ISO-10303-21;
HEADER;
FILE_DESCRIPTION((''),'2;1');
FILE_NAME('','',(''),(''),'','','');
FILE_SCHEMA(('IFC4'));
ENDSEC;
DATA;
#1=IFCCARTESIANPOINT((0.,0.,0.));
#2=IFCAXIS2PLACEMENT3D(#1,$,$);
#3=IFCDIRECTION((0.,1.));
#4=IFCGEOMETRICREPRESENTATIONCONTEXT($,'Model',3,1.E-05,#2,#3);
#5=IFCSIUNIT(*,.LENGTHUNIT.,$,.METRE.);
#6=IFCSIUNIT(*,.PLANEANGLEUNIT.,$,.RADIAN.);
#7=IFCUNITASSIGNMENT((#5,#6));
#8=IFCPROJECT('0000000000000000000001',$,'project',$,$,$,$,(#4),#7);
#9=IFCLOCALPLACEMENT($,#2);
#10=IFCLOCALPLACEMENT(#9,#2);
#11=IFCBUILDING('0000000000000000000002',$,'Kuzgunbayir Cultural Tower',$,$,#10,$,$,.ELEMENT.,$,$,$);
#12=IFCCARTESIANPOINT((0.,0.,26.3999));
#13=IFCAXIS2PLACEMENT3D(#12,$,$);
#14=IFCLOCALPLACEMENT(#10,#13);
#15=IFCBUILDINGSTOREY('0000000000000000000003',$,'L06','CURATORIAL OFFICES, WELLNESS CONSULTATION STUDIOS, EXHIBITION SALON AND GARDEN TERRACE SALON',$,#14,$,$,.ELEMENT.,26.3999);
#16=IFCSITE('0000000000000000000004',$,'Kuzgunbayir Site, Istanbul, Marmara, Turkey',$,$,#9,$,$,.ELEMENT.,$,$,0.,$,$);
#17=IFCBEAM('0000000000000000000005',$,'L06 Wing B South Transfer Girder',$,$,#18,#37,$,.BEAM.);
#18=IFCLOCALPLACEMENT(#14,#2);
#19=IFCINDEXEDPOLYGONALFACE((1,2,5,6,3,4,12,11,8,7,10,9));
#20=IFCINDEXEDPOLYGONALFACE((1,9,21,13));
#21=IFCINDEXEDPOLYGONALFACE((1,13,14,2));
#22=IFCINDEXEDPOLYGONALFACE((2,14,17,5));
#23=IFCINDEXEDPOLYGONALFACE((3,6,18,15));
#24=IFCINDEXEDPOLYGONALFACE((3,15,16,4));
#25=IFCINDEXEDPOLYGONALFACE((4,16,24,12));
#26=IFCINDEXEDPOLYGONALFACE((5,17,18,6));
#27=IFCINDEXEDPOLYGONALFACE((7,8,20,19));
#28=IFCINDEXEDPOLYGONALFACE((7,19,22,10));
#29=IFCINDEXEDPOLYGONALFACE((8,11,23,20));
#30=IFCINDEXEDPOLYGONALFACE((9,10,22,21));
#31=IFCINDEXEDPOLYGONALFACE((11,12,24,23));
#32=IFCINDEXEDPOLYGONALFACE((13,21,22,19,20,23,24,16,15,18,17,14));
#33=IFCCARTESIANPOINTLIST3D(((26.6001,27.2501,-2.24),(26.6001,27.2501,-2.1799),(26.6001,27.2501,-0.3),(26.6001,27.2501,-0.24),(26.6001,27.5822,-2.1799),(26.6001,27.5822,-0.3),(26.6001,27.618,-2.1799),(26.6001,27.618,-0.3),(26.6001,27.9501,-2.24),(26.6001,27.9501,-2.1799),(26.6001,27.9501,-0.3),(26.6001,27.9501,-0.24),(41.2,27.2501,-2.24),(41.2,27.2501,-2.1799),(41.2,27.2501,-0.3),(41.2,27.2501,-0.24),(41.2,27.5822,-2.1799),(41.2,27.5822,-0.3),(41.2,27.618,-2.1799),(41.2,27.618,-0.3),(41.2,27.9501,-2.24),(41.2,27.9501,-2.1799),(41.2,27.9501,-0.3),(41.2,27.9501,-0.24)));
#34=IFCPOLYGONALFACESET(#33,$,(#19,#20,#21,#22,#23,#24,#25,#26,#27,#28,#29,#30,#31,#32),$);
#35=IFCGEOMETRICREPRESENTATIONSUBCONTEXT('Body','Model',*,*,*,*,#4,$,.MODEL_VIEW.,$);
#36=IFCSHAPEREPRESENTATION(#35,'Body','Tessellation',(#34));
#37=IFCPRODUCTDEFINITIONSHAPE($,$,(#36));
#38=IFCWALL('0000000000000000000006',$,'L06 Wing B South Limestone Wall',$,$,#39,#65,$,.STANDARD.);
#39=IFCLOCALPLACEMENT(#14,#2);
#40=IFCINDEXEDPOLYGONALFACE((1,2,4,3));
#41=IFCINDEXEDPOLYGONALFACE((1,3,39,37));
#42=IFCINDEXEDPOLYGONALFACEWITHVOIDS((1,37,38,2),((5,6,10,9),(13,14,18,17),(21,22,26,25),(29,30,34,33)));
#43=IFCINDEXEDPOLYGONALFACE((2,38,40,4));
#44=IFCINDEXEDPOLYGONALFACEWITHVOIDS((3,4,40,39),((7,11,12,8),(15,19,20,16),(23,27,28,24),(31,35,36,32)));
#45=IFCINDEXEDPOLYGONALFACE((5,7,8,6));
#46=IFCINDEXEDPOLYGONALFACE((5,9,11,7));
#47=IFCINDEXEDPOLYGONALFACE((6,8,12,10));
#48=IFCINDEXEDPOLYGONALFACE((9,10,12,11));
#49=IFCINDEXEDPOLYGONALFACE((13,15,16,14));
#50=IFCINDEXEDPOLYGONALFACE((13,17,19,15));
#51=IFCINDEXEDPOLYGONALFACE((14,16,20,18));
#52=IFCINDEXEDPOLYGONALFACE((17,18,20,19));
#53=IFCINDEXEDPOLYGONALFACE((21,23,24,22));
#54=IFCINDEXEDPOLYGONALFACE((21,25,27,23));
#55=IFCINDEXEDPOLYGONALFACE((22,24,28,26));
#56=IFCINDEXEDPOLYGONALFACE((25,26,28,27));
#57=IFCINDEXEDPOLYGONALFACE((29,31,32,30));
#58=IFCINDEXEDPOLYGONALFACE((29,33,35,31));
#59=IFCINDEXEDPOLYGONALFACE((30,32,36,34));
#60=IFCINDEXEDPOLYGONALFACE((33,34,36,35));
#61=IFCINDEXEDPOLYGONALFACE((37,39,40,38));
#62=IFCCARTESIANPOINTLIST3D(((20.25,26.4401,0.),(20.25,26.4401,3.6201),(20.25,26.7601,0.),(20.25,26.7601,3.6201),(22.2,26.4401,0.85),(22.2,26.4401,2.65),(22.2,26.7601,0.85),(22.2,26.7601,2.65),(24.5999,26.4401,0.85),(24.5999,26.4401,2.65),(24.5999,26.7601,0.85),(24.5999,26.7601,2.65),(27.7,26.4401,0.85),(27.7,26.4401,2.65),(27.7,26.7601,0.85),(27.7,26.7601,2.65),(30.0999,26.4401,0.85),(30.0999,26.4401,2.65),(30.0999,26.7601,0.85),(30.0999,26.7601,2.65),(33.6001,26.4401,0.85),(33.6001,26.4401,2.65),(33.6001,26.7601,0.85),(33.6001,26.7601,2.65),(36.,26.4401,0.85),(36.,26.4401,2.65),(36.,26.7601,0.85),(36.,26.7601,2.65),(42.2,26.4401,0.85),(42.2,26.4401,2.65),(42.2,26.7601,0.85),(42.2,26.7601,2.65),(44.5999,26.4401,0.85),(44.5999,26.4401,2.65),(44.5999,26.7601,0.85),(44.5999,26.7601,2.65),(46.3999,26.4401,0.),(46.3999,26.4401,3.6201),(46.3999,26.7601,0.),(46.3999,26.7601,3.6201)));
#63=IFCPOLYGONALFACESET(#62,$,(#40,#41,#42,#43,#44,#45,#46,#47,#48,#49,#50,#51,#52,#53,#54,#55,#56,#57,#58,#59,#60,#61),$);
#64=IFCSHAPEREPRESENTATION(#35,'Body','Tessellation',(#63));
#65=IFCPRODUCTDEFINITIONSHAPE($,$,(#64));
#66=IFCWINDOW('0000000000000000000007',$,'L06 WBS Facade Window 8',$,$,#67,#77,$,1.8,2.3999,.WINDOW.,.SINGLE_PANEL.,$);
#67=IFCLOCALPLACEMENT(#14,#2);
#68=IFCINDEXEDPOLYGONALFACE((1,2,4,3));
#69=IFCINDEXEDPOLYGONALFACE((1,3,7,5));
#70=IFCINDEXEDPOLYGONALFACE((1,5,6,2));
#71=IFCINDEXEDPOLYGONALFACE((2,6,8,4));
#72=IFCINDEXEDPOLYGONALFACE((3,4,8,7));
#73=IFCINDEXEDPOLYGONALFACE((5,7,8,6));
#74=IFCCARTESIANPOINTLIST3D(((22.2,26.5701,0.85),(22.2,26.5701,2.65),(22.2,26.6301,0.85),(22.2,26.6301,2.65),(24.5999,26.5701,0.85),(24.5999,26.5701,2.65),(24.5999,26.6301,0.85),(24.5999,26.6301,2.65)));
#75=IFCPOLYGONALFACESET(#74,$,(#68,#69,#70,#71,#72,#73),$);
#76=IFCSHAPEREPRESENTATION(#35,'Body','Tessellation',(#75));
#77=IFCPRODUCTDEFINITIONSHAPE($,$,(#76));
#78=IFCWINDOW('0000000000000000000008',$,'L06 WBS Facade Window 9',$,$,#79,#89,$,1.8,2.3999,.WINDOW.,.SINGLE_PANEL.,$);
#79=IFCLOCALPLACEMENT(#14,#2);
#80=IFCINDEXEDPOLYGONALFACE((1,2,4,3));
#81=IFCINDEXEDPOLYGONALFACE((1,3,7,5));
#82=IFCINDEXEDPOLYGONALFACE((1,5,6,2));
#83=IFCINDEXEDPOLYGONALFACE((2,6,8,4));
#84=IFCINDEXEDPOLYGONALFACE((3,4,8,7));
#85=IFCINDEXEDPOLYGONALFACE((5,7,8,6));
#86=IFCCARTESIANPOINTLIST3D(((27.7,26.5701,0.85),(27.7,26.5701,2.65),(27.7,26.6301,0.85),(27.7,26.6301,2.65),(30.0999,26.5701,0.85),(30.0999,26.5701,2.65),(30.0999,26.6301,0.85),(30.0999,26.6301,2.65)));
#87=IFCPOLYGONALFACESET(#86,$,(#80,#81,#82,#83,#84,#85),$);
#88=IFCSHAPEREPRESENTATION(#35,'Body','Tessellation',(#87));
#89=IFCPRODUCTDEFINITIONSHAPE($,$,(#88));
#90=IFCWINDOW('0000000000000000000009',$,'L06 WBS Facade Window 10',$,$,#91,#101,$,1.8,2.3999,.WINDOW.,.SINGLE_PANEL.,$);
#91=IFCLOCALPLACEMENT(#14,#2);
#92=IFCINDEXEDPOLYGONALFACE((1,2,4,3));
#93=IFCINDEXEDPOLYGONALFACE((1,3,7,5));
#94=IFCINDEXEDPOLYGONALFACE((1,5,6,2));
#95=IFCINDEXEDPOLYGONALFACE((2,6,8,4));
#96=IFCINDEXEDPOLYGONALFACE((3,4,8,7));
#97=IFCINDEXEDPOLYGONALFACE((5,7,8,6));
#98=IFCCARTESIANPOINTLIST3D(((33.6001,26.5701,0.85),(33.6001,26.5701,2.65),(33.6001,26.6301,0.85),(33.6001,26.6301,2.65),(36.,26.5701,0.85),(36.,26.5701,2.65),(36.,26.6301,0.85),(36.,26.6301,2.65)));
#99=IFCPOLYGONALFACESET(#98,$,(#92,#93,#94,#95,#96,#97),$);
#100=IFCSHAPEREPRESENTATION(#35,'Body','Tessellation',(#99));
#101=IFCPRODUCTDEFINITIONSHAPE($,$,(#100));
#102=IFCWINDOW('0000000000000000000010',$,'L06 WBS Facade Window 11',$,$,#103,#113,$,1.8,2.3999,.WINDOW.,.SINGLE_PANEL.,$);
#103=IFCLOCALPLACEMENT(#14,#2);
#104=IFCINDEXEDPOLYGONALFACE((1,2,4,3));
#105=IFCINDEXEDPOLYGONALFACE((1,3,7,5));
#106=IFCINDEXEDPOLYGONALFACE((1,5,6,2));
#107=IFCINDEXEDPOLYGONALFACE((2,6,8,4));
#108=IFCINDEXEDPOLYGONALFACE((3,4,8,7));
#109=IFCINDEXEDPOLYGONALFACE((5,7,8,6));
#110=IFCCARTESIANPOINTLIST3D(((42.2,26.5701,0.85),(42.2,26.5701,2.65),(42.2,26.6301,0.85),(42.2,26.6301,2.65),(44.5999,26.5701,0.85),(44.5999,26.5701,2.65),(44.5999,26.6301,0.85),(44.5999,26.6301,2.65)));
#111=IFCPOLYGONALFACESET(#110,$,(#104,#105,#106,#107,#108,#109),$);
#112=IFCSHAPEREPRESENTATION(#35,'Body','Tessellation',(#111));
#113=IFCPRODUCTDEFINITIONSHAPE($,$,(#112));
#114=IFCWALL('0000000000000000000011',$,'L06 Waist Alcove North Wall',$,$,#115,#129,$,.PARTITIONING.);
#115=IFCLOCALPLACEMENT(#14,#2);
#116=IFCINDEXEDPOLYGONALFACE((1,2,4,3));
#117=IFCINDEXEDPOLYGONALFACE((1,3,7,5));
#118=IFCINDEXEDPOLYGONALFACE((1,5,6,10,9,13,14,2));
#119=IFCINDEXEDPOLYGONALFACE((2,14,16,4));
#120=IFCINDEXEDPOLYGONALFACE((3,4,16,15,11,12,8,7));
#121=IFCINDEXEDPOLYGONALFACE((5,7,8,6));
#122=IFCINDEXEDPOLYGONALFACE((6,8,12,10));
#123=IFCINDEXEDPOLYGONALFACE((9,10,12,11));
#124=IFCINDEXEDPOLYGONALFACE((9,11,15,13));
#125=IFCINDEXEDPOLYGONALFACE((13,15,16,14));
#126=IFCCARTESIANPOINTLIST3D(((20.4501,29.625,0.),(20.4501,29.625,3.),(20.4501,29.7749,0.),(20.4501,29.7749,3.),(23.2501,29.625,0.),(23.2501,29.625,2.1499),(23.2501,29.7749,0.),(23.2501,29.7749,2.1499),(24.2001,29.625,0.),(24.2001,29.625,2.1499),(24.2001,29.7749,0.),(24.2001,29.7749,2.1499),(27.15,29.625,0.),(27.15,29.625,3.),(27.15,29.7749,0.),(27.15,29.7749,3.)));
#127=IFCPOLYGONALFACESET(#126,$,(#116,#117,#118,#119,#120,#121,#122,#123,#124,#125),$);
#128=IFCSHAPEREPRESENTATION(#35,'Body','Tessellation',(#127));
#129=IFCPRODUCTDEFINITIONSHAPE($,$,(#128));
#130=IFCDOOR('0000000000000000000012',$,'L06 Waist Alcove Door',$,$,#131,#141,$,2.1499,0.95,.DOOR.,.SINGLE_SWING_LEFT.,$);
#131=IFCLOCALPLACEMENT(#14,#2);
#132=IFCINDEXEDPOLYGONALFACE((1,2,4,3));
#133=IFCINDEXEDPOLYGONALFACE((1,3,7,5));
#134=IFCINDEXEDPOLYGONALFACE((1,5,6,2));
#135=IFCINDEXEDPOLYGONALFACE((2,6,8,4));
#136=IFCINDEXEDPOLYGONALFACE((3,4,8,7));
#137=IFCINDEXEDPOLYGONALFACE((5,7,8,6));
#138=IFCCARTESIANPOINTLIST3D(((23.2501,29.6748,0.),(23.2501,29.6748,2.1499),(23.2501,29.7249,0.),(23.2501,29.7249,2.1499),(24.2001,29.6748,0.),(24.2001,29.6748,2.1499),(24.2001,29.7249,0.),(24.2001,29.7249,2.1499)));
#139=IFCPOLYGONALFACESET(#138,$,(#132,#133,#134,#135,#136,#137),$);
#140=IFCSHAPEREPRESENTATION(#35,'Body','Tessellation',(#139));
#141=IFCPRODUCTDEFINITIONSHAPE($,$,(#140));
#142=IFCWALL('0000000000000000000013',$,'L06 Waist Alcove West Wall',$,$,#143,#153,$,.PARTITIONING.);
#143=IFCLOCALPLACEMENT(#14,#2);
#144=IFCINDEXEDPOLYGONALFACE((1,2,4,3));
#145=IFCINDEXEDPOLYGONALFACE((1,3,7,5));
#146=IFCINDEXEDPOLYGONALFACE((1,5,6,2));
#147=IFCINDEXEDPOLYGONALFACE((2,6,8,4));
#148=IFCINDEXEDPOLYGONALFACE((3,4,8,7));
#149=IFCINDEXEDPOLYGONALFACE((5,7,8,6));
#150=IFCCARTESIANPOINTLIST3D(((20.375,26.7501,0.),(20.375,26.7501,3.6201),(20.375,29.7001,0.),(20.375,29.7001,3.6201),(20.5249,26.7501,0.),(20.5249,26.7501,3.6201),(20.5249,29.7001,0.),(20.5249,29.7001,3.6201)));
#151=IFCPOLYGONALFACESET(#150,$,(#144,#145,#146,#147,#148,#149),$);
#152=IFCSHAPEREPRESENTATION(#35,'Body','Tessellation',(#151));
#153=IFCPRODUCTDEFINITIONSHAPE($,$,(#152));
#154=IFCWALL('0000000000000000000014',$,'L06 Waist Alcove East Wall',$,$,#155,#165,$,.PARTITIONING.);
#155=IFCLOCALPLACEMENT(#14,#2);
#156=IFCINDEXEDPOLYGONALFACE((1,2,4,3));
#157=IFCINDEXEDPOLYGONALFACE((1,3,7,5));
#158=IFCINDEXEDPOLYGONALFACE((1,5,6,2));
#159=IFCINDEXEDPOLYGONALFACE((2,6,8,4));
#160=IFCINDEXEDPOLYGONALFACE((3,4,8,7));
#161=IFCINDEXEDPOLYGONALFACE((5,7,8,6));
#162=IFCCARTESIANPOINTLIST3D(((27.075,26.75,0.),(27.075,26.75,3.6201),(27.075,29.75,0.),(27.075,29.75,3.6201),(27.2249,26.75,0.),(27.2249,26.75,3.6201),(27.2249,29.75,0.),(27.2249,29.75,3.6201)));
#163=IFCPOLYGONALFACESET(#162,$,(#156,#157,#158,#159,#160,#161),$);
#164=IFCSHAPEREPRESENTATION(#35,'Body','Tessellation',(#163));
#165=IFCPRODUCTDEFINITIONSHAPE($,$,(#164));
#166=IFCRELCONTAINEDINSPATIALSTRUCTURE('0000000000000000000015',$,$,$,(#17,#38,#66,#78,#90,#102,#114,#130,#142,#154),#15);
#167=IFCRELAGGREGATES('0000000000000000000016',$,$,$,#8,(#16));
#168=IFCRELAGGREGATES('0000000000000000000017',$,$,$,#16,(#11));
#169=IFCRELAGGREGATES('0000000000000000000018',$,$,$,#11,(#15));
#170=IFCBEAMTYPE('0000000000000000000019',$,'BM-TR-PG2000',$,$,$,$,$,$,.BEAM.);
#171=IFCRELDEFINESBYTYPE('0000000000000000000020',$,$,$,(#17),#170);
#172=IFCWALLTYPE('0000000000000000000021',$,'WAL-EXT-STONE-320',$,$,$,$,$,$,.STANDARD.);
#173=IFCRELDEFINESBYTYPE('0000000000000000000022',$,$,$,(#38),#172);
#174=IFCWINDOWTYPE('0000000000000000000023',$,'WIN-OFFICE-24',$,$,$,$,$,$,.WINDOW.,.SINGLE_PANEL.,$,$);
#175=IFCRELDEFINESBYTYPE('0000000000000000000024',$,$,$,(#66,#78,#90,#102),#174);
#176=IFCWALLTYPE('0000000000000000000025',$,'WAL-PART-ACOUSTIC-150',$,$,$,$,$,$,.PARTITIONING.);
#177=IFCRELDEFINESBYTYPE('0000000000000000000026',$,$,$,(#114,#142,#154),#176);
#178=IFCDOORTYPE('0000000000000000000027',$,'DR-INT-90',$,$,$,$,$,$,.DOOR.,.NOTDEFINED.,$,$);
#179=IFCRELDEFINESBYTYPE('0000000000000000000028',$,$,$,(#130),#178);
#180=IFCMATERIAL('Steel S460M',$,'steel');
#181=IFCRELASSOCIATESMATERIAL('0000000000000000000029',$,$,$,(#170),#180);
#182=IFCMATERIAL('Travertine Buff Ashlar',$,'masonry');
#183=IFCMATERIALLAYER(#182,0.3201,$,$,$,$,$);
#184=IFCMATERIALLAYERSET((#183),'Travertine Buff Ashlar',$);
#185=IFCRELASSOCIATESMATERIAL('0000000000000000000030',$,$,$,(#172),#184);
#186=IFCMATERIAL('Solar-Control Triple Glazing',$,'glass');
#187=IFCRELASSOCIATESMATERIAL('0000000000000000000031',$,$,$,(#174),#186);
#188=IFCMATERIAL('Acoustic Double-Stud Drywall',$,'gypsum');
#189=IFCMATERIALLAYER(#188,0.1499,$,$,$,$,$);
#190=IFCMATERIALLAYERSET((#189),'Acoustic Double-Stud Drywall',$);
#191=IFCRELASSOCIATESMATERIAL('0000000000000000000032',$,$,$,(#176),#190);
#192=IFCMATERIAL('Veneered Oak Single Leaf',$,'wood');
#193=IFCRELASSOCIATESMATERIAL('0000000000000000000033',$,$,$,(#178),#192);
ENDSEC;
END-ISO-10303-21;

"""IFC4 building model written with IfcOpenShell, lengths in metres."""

from ifc_helpers import new_model, si_unit, direction, frame, frame_2d, origin, origin_2d, place, context, subcontext, project, spatial, rectangle, i_section, extrude, material, layer, layer_set, material_profile, profile_set, type_object, element, fill, save


model = new_model("IFC4")

# Units and contexts
model_context = context("Model", 3, precision=1e-05, world=origin(), true_north=direction((0.0, 1.0)))
body_context = subcontext(model_context, "Body", "Model", "MODEL_VIEW")
ifc_project = project(units=[si_unit("LENGTHUNIT", "METRE"), si_unit("PLANEANGLEUNIT", "RADIAN")], contexts=[model_context])

# Site, building, storey
site_placement = place(None, origin())
site = spatial("IfcSite", under=ifc_project, at=site_placement, Name="Kuzgunbayir Site, Istanbul, Marmara, Turkey", CompositionType="ELEMENT", RefElevation=0.0)
building_placement = place(site_placement, origin())
building = spatial("IfcBuilding", under=site, at=building_placement, Name="Kuzgunbayir Cultural Tower", CompositionType="ELEMENT")
storey_placement = place(building_placement, frame((0.0, 0.0, 26.3999)))
storey = spatial("IfcBuildingStorey", under=building, at=storey_placement, Name="L06", Description="CURATORIAL OFFICES, WELLNESS CONSULTATION STUDIOS, EXHIBITION SALON AND GARDEN TERRACE SALON", CompositionType="ELEMENT", Elevation=26.3999)

# Beam
ifc_material_1 = material(Name="Steel S460M", Category="steel")
ifc_material_profile_1 = material_profile(ifc_material_1, i_section(OverallWidth=0.7, OverallDepth=2.0, WebThickness=0.0359, FlangeThickness=0.0601, at=origin_2d()), Name="PG 2000x700x36x60")
ifc_profile_set_1 = profile_set([ifc_material_profile_1], Name="Steel S460M")
beam_type_1 = type_object("IfcBeamType", Name="BM-TR-PG2000", PredefinedType="BEAM", material=ifc_profile_set_1)
beam_1_placement = place(storey_placement, frame((26.6001, 27.6001, -1.24), z_axis=(1.0, 0.0, 0.0), x_axis=(0.0, 1.0, 0.0)))
element("IfcBeam", 1, at=beam_1_placement, inside=storey, type_object=beam_type_1, Name="L06 Wing B South Transfer Girder", PredefinedType="BEAM", context=body_context, shape_type="SweptSolid", body=[
    extrude(i_section(OverallWidth=0.7, OverallDepth=2.0, WebThickness=0.0359, FlangeThickness=0.0601, at=origin_2d()), origin(), (0.0, 0.0, 1.0), 14.5999),
])

# Wall, openings, windows
ifc_material_2 = material(Name="Travertine Buff Ashlar", Category="masonry")
ifc_layer_1 = layer(ifc_material_2, 0.3201)
ifc_layer_set_1 = layer_set([ifc_layer_1], Name="Travertine Buff Ashlar")
wall_type_1 = type_object("IfcWallType", Name="WAL-EXT-STONE-320", PredefinedType="STANDARD", material=ifc_layer_set_1)
wall_1_placement = place(storey_placement, frame((20.25, 26.6001, 0.0), z_axis=(0.0, 0.0, 1.0), x_axis=(1.0, 0.0, 0.0)))
wall_1 = element("IfcWall", 2, at=wall_1_placement, inside=storey, type_object=wall_type_1, Name="L06 Wing B South Limestone Wall", PredefinedType="STANDARD", context=body_context, shape_type="SweptSolid", body=[
    extrude(rectangle(XDim=26.1499, YDim=0.3201, at=frame_2d((13.075, 0.0))), origin(), (0.0, 0.0, 1.0), 3.6201),
])
opening_1_placement = place(wall_1_placement, frame((1.95, 0.0, 0.8501)))
opening_1 = element("IfcOpeningElement", 3, at=opening_1_placement, cuts=wall_1, PredefinedType="OPENING", context=body_context, shape_type="SweptSolid", body=[
    extrude(rectangle(XDim=2.3999, YDim=1.8, at=frame_2d((1.2, 0.8999))), frame((0.0, 0.1699, 0.0), z_axis=(0.0, -1.0, 0.0), x_axis=(1.0, 0.0, 0.0)), (0.0, 0.0, 1.0), 0.3401),
])
opening_2_placement = place(wall_1_placement, frame((7.45, 0.0, 0.8501)))
opening_2 = element("IfcOpeningElement", 4, at=opening_2_placement, cuts=wall_1, PredefinedType="OPENING", context=body_context, shape_type="SweptSolid", body=[
    extrude(rectangle(XDim=2.3999, YDim=1.8, at=frame_2d((1.2, 0.8999))), frame((0.0, 0.1699, 0.0), z_axis=(0.0, -1.0, 0.0), x_axis=(1.0, 0.0, 0.0)), (0.0, 0.0, 1.0), 0.3401),
])
opening_3_placement = place(wall_1_placement, frame((13.3501, 0.0, 0.8501)))
opening_3 = element("IfcOpeningElement", 5, at=opening_3_placement, cuts=wall_1, PredefinedType="OPENING", context=body_context, shape_type="SweptSolid", body=[
    extrude(rectangle(XDim=2.3999, YDim=1.8, at=frame_2d((1.2, 0.8999))), frame((0.0, 0.1699, 0.0), z_axis=(0.0, -1.0, 0.0), x_axis=(1.0, 0.0, 0.0)), (0.0, 0.0, 1.0), 0.3401),
])
opening_4_placement = place(wall_1_placement, frame((21.95, 0.0, 0.8501)))
opening_4 = element("IfcOpeningElement", 6, at=opening_4_placement, cuts=wall_1, PredefinedType="OPENING", context=body_context, shape_type="SweptSolid", body=[
    extrude(rectangle(XDim=2.3999, YDim=1.8, at=frame_2d((1.2, 0.8999))), frame((0.0, 0.1699, 0.0), z_axis=(0.0, -1.0, 0.0), x_axis=(1.0, 0.0, 0.0)), (0.0, 0.0, 1.0), 0.3401),
])
ifc_material_3 = material(Name="Solar-Control Triple Glazing", Category="glass")
window_type = type_object("IfcWindowType", Name="WIN-OFFICE-24", PartitioningType="SINGLE_PANEL", PredefinedType="WINDOW", material=ifc_material_3)
window_1_placement = place(opening_1_placement, origin())
window_1 = element("IfcWindow", 7, at=window_1_placement, inside=storey, type_object=window_type, Name="L06 WBS Facade Window 8", OverallHeight=1.8, OverallWidth=2.3999, PartitioningType="SINGLE_PANEL", PredefinedType="WINDOW", context=body_context, shape_type="SweptSolid", body=[
    extrude(rectangle(XDim=2.3999, YDim=1.8, at=frame_2d((1.2, 0.8999))), frame((0.0, 0.03, 0.0), z_axis=(0.0, -1.0, 0.0), x_axis=(1.0, 0.0, 0.0)), (0.0, 0.0, 1.0), 0.0601),
])
fill(opening_1, window_1)
window_2_placement = place(opening_2_placement, origin())
window_2 = element("IfcWindow", 8, at=window_2_placement, inside=storey, type_object=window_type, Name="L06 WBS Facade Window 9", OverallHeight=1.8, OverallWidth=2.3999, PartitioningType="SINGLE_PANEL", PredefinedType="WINDOW", context=body_context, shape_type="SweptSolid", body=[
    extrude(rectangle(XDim=2.3999, YDim=1.8, at=frame_2d((1.2, 0.8999))), frame((0.0, 0.03, 0.0), z_axis=(0.0, -1.0, 0.0), x_axis=(1.0, 0.0, 0.0)), (0.0, 0.0, 1.0), 0.0601),
])
fill(opening_2, window_2)
window_3_placement = place(opening_3_placement, origin())
window_3 = element("IfcWindow", 9, at=window_3_placement, inside=storey, type_object=window_type, Name="L06 WBS Facade Window 10", OverallHeight=1.8, OverallWidth=2.3999, PartitioningType="SINGLE_PANEL", PredefinedType="WINDOW", context=body_context, shape_type="SweptSolid", body=[
    extrude(rectangle(XDim=2.3999, YDim=1.8, at=frame_2d((1.2, 0.8999))), frame((0.0, 0.03, 0.0), z_axis=(0.0, -1.0, 0.0), x_axis=(1.0, 0.0, 0.0)), (0.0, 0.0, 1.0), 0.0601),
])
fill(opening_3, window_3)
window_4_placement = place(opening_4_placement, origin())
window_4 = element("IfcWindow", 10, at=window_4_placement, inside=storey, type_object=window_type, Name="L06 WBS Facade Window 11", OverallHeight=1.8, OverallWidth=2.3999, PartitioningType="SINGLE_PANEL", PredefinedType="WINDOW", context=body_context, shape_type="SweptSolid", body=[
    extrude(rectangle(XDim=2.3999, YDim=1.8, at=frame_2d((1.2, 0.8999))), frame((0.0, 0.03, 0.0), z_axis=(0.0, -1.0, 0.0), x_axis=(1.0, 0.0, 0.0)), (0.0, 0.0, 1.0), 0.0601),
])
fill(opening_4, window_4)

# Wall, opening, door
ifc_material_4 = material(Name="Acoustic Double-Stud Drywall", Category="gypsum")
ifc_layer_2 = layer(ifc_material_4, 0.1499)
ifc_layer_set_2 = layer_set([ifc_layer_2], Name="Acoustic Double-Stud Drywall")
wall_type_2 = type_object("IfcWallType", Name="WAL-PART-ACOUSTIC-150", PredefinedType="PARTITIONING", material=ifc_layer_set_2)
wall_2_placement = place(storey_placement, frame((20.45, 29.7, 0.0), z_axis=(0.0, 0.0, 1.0), x_axis=(1.0, 0.0, 0.0)))
wall_2 = element("IfcWall", 11, at=wall_2_placement, inside=storey, type_object=wall_type_2, Name="L06 Waist Alcove North Wall", PredefinedType="PARTITIONING", context=body_context, shape_type="SweptSolid", body=[
    extrude(rectangle(XDim=6.7, YDim=0.1499, at=frame_2d((3.3501, 0.0))), origin(), (0.0, 0.0, 1.0), 3.0),
])
opening_5_placement = place(wall_2_placement, frame((2.8, 0.0, 0.0)))
opening_5 = element("IfcOpeningElement", 12, at=opening_5_placement, cuts=wall_2, PredefinedType="OPENING", context=body_context, shape_type="SweptSolid", body=[
    extrude(rectangle(XDim=0.95, YDim=2.1499, at=frame_2d((0.4751, 1.075))), frame((0.0, 0.085, 0.0), z_axis=(0.0, -1.0, 0.0), x_axis=(1.0, 0.0, 0.0)), (0.0, 0.0, 1.0), 0.1699),
])
ifc_material_5 = material(Name="Veneered Oak Single Leaf", Category="wood")
door_type = type_object("IfcDoorType", Name="DR-INT-90", OperationType="NOTDEFINED", PredefinedType="DOOR", material=ifc_material_5)
door_1_placement = place(opening_5_placement, origin())
door_1 = element("IfcDoor", 13, at=door_1_placement, inside=storey, type_object=door_type, Name="L06 Waist Alcove Door", OperationType="SINGLE_SWING_LEFT", OverallHeight=2.1499, OverallWidth=0.95, PredefinedType="DOOR", context=body_context, shape_type="SweptSolid", body=[
    extrude(rectangle(XDim=0.95, YDim=2.1499, at=frame_2d((0.4751, 1.075))), frame((0.0, 0.0249, 0.0), z_axis=(0.0, -1.0, 0.0), x_axis=(1.0, 0.0, 0.0)), (0.0, 0.0, 1.0), 0.05),
])
fill(opening_5, door_1)

# Walls
wall_3_placement = place(storey_placement, frame((20.45, 26.75, 0.0), z_axis=(0.0, 0.0, 1.0), x_axis=(0.0, 1.0, 0.0)))
element("IfcWall", 14, at=wall_3_placement, inside=storey, type_object=wall_type_2, Name="L06 Waist Alcove West Wall", PredefinedType="PARTITIONING", context=body_context, shape_type="SweptSolid", body=[
    extrude(rectangle(XDim=2.95, YDim=0.1499, at=frame_2d((1.4751, 0.0))), origin(), (0.0, 0.0, 1.0), 3.6201),
])
wall_4_placement = place(storey_placement, frame((27.1499, 26.75, 0.0), z_axis=(0.0, 0.0, 1.0), x_axis=(0.0, 1.0, 0.0)))
element("IfcWall", 15, at=wall_4_placement, inside=storey, type_object=wall_type_2, Name="L06 Waist Alcove East Wall", PredefinedType="PARTITIONING", context=body_context, shape_type="SweptSolid", body=[
    extrude(rectangle(XDim=3.0, YDim=0.1499, at=frame_2d((1.5, 0.0))), origin(), (0.0, 0.0, 1.0), 3.6201),
])

save(model, "model.ifc")
